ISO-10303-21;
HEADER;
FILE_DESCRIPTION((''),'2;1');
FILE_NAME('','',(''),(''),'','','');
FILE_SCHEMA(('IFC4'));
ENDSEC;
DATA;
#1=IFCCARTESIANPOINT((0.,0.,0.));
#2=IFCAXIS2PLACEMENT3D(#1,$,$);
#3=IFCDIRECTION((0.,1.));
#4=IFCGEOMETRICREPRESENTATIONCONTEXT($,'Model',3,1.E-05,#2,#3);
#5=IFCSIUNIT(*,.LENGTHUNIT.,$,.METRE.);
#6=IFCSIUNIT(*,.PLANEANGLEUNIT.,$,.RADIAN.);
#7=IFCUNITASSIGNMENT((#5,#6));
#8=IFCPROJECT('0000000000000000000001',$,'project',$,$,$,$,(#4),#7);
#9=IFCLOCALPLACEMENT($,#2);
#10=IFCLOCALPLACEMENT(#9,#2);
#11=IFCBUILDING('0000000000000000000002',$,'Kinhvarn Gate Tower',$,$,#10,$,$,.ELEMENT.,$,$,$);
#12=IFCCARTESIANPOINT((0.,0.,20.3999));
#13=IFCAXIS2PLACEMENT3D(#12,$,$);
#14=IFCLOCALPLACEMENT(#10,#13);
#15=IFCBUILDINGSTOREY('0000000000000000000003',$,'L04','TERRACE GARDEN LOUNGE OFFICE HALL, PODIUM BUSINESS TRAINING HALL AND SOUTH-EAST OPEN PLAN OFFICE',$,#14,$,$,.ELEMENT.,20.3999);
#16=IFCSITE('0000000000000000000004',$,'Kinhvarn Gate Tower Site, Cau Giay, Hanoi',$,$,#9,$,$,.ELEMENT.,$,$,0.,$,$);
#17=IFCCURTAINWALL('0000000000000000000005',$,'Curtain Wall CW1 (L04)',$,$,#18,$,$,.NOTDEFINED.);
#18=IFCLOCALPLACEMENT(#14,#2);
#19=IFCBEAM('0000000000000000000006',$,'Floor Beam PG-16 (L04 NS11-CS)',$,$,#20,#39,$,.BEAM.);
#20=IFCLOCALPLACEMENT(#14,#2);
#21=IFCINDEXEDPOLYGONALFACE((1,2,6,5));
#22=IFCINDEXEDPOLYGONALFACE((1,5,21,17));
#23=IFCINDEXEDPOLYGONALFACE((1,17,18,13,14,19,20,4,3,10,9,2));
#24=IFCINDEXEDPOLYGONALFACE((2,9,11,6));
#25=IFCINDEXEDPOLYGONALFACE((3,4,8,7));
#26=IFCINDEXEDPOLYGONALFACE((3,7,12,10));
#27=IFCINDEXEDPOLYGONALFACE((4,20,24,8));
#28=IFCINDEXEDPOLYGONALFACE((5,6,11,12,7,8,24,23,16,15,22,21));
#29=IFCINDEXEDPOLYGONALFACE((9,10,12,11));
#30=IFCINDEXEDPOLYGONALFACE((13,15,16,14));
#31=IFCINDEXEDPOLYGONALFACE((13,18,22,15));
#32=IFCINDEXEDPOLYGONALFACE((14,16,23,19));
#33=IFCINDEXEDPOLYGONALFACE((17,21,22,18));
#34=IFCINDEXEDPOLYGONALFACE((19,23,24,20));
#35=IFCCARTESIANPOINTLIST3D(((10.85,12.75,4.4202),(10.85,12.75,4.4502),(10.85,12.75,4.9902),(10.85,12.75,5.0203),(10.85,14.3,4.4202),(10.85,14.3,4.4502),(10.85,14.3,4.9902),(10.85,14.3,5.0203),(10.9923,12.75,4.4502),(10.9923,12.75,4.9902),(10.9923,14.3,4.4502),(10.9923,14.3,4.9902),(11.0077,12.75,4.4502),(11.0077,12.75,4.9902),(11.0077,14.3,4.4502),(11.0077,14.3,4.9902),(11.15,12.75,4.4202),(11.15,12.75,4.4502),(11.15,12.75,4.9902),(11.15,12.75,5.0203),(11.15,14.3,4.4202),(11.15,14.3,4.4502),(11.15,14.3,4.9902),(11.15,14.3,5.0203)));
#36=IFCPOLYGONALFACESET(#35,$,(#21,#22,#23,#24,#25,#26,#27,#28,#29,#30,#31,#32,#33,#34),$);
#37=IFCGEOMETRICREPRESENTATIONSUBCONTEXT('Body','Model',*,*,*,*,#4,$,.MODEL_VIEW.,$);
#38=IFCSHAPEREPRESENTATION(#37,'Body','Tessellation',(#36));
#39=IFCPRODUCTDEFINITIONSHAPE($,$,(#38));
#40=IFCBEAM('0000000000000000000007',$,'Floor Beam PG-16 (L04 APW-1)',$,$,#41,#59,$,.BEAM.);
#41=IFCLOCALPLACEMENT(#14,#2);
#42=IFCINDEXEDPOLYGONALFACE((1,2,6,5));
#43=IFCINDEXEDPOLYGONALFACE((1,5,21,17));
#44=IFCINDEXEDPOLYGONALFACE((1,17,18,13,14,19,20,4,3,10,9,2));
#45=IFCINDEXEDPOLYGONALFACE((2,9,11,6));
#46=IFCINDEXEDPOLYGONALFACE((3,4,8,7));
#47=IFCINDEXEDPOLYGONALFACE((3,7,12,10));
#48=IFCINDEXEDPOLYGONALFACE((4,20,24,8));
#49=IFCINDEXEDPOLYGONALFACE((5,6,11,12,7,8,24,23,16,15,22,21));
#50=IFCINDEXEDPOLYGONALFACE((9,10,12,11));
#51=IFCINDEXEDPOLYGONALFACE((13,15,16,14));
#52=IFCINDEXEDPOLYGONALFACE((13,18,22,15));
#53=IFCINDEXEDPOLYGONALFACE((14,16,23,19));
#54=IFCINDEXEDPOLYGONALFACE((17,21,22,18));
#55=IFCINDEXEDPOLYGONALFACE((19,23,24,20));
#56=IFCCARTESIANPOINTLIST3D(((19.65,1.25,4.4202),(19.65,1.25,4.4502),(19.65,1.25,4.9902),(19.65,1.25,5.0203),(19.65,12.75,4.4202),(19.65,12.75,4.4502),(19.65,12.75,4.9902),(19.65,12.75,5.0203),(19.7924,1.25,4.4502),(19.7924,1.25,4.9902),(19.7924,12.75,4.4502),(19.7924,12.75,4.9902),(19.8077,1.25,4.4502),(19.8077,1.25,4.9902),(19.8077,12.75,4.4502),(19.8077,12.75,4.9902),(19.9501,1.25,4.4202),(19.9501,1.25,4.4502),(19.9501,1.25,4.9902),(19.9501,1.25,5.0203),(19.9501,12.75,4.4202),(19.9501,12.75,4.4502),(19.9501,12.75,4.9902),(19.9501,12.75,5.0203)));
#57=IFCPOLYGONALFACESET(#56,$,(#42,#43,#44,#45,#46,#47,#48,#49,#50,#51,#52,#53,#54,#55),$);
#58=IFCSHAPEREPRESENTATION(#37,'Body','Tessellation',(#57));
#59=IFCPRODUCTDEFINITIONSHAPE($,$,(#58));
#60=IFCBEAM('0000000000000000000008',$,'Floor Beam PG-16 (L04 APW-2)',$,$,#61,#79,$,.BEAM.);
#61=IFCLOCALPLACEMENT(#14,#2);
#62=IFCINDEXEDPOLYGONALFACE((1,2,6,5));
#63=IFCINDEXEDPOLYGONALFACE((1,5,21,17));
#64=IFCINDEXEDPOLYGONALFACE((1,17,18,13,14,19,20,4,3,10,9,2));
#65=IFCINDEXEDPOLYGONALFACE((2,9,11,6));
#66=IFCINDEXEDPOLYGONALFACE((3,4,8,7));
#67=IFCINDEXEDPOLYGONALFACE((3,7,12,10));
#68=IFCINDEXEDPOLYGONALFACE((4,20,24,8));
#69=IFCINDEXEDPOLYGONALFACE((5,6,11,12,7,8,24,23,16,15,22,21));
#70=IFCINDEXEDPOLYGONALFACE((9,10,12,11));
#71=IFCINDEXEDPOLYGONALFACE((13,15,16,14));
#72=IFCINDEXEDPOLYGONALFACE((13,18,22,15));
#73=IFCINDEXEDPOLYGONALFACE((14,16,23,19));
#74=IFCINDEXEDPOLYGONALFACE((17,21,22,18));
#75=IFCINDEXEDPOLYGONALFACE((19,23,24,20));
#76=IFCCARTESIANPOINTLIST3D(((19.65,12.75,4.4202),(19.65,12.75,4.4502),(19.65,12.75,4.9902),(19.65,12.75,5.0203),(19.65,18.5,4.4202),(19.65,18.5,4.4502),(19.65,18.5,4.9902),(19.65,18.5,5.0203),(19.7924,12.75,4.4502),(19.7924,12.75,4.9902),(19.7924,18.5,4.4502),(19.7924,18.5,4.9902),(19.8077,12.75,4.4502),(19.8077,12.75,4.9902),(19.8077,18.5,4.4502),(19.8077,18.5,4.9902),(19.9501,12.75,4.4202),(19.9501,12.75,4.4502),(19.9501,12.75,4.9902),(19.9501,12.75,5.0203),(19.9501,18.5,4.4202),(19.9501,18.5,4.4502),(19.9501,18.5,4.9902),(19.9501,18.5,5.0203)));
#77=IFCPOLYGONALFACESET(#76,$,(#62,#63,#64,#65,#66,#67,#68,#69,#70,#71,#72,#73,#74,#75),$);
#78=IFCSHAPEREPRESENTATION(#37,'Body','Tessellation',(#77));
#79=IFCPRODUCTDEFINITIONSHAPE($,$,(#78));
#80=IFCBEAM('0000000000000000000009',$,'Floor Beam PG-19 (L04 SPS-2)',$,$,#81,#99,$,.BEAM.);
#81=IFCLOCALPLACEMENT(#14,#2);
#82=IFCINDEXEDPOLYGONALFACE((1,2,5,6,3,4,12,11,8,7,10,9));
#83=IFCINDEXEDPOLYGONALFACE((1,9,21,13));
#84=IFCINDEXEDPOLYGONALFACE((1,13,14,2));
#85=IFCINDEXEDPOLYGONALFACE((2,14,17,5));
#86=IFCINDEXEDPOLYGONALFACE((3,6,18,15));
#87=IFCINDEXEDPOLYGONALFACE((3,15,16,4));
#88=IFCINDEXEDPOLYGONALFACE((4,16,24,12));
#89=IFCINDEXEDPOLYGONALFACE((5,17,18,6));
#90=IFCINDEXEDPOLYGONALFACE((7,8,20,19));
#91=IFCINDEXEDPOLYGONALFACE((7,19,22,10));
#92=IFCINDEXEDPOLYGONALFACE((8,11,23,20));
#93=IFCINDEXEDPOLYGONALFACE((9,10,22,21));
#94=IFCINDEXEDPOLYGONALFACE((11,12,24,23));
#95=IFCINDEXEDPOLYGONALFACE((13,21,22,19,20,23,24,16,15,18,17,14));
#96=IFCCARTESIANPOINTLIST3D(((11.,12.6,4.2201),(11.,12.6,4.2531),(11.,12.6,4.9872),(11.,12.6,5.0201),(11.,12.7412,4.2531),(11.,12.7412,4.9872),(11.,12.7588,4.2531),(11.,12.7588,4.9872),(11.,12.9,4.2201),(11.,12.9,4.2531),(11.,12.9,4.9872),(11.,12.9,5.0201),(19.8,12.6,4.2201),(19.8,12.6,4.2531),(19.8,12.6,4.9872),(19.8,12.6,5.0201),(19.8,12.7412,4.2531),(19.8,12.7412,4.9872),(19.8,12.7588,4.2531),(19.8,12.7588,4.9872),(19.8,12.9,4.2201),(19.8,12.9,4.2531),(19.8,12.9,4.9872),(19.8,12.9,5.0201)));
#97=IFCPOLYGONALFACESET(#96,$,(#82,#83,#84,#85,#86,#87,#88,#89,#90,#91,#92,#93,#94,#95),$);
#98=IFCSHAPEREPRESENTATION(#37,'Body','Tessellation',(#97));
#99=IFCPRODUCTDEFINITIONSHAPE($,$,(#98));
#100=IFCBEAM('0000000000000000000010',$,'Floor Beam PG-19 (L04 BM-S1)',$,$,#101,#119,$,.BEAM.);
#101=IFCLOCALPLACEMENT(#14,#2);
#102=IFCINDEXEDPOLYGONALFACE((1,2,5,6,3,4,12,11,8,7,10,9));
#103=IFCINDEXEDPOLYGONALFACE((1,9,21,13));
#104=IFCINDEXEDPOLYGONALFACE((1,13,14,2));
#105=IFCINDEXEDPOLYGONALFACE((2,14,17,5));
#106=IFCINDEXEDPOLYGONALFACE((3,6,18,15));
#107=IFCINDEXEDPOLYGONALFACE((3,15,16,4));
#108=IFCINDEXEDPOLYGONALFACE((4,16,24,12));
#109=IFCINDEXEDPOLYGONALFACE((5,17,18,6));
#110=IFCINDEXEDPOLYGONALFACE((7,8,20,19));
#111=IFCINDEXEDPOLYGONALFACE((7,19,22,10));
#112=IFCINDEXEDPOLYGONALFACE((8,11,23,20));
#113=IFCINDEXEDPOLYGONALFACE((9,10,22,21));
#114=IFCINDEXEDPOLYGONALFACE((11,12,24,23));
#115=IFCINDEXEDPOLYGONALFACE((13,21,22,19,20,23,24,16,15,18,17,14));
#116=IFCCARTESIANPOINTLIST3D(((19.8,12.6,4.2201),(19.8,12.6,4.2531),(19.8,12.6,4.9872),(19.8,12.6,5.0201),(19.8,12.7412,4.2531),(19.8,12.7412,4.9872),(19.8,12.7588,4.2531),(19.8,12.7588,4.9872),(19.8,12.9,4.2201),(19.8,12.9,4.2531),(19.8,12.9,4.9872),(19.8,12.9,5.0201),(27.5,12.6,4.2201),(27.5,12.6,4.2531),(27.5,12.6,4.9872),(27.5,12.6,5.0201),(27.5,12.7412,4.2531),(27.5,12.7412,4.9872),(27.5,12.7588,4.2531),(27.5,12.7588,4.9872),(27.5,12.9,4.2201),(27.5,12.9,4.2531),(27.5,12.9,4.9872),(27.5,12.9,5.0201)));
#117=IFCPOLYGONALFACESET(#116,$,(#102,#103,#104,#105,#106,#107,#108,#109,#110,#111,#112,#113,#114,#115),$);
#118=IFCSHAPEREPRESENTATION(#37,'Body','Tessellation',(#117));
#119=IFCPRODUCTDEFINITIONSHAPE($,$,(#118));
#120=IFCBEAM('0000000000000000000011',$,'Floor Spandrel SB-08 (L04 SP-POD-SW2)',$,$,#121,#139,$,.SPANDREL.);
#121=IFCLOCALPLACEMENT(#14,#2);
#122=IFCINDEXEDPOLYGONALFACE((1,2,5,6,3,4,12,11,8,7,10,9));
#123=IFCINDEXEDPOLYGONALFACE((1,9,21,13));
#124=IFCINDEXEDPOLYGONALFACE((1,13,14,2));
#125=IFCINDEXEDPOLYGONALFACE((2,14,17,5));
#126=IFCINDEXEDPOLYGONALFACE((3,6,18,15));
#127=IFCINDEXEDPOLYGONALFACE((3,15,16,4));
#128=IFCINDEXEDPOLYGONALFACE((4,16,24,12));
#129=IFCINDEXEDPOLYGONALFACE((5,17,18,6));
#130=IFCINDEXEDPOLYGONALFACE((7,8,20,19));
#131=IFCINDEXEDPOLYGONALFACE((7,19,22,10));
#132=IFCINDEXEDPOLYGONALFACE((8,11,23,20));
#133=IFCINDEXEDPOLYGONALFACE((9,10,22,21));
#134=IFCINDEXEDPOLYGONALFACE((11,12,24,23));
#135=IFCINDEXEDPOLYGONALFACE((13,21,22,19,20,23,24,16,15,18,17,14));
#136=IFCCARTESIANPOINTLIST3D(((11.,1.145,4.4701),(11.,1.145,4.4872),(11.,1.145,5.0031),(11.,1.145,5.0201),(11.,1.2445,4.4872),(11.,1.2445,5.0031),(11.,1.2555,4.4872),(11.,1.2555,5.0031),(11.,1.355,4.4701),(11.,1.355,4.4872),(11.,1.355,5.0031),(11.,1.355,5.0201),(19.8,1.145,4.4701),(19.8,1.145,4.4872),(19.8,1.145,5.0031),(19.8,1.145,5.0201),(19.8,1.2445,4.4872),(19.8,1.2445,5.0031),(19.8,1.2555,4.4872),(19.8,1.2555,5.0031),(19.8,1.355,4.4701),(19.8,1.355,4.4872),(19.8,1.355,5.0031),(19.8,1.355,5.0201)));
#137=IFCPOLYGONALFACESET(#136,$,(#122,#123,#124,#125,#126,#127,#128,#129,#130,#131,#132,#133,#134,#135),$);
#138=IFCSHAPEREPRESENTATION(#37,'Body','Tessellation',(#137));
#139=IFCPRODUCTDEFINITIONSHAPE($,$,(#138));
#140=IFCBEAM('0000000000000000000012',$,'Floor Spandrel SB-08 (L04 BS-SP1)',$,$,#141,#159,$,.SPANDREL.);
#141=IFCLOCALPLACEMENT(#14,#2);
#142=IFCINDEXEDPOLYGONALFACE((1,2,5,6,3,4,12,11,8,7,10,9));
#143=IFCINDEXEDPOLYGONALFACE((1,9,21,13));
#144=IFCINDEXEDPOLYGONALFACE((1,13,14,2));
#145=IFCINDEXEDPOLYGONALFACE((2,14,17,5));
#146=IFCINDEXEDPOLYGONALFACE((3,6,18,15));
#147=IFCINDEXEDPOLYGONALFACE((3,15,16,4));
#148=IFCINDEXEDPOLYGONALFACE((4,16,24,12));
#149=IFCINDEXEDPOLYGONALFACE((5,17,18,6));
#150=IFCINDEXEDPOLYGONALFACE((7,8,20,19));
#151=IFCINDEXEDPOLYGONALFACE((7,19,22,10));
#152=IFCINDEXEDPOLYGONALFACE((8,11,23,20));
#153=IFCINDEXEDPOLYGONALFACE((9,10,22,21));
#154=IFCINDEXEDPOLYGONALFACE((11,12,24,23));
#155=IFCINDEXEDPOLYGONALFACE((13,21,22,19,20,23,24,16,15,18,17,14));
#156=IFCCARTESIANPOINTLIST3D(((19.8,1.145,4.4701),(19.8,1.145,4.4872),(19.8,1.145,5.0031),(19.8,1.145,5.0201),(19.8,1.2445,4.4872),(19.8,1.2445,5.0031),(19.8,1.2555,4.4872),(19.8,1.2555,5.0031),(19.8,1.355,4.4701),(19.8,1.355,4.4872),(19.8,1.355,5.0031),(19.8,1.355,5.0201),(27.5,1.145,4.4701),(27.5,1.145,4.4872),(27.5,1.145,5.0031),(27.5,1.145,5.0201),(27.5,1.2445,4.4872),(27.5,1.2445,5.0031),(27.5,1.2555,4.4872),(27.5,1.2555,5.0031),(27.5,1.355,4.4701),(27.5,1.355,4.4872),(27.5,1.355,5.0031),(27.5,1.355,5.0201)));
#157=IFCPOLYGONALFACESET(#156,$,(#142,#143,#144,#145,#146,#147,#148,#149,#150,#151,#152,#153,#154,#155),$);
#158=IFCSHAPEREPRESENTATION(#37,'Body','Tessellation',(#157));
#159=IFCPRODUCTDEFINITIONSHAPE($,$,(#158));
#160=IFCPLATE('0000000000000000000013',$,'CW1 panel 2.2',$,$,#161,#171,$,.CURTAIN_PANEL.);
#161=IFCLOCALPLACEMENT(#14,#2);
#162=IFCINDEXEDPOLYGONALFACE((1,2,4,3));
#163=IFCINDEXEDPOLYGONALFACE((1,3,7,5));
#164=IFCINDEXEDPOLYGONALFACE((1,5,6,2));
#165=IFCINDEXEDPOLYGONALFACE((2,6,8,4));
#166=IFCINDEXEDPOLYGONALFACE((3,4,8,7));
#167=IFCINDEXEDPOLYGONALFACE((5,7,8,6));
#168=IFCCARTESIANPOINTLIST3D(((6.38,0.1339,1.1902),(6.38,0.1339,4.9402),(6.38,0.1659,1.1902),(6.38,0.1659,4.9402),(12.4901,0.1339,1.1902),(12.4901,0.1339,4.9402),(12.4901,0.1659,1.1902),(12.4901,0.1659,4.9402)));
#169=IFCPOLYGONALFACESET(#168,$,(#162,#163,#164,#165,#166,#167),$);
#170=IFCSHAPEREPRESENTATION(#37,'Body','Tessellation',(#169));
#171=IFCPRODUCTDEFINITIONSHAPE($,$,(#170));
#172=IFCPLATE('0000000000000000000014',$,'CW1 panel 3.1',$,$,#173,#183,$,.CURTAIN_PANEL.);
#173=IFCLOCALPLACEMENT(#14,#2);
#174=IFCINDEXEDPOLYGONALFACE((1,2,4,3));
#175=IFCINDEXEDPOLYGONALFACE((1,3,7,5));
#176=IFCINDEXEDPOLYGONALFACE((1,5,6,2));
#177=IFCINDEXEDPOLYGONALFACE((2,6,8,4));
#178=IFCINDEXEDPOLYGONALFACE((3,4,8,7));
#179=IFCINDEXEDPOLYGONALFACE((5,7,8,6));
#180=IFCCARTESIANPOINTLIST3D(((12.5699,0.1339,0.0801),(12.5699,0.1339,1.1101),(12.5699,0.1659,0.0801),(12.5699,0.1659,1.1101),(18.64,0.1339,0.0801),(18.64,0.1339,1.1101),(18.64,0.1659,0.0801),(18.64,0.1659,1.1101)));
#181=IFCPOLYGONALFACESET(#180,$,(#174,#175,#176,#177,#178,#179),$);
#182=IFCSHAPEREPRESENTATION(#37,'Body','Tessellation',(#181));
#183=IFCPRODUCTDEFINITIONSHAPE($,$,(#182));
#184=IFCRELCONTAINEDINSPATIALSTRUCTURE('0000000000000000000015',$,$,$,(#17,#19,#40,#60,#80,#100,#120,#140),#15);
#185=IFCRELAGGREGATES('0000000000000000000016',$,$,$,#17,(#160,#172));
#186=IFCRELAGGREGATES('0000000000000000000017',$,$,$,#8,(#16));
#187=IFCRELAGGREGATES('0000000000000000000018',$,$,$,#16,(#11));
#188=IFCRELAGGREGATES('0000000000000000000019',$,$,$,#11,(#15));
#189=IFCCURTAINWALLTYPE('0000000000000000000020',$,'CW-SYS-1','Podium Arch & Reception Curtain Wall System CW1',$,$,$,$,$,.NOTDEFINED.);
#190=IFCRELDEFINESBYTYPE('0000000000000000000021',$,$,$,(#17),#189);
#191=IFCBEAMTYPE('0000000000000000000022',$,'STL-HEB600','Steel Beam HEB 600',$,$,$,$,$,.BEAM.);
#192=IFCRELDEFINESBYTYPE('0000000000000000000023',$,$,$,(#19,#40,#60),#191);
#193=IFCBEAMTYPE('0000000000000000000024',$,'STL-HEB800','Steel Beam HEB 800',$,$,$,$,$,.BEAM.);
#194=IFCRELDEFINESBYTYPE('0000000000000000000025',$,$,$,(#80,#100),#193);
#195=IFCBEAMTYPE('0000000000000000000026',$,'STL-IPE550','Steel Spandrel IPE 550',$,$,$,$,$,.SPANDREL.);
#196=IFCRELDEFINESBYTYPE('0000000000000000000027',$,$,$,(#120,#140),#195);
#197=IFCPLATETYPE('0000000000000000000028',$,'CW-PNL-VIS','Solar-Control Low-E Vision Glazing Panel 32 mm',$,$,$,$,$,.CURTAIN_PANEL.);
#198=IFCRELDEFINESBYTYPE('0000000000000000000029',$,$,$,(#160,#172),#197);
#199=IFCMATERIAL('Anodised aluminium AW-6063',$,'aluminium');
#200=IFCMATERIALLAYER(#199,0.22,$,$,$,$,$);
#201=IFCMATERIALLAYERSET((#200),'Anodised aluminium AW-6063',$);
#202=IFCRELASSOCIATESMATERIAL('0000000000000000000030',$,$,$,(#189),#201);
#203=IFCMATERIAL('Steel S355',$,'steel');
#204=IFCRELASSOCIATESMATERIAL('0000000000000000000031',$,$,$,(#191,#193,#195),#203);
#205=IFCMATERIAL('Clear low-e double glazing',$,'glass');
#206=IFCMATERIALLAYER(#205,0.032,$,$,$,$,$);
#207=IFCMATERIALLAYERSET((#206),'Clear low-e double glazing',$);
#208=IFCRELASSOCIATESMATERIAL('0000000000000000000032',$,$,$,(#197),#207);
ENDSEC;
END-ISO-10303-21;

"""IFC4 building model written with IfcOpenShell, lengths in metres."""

from ifc_helpers import new_model, si_unit, direction, frame, origin, origin_2d, place, context, subcontext, project, spatial, rectangle, i_section, extrude, material, layer, layer_set, material_profile, profile_set, type_object, element, aggregate, save


model = new_model("IFC4")

# Units and contexts
model_context = context("Model", 3, precision=1e-05, world=origin(), true_north=direction((0.0, 1.0)))
body_context = subcontext(model_context, "Body", "Model", "MODEL_VIEW")
ifc_project = project(units=[si_unit("LENGTHUNIT", "METRE"), si_unit("PLANEANGLEUNIT", "RADIAN")], contexts=[model_context])

# Site, building, storey
site_placement = place(None, origin())
site = spatial("IfcSite", under=ifc_project, at=site_placement, Name="Kinhvarn Gate Tower Site, Cau Giay, Hanoi", CompositionType="ELEMENT", RefElevation=0.0)
building_placement = place(site_placement, origin())
building = spatial("IfcBuilding", under=site, at=building_placement, Name="Kinhvarn Gate Tower", CompositionType="ELEMENT")
storey_placement = place(building_placement, frame((0.0, 0.0, 20.3999)))
storey = spatial("IfcBuildingStorey", under=building, at=storey_placement, Name="L04", Description="TERRACE GARDEN LOUNGE OFFICE HALL, PODIUM BUSINESS TRAINING HALL AND SOUTH-EAST OPEN PLAN OFFICE", CompositionType="ELEMENT", Elevation=20.3999)

# Curtain wall
ifc_material_1 = material(Name="Anodised aluminium AW-6063", Category="aluminium")
ifc_layer_1 = layer(ifc_material_1, 0.22)
ifc_layer_set_1 = layer_set([ifc_layer_1], Name="Anodised aluminium AW-6063")
curtain_wall_type = type_object("IfcCurtainWallType", Name="CW-SYS-1", Description="Podium Arch & Reception Curtain Wall System CW1", PredefinedType="NOTDEFINED", material=ifc_layer_set_1)
curtain_wall_1_placement = place(storey_placement, origin())
curtain_wall_1 = element("IfcCurtainWall", 1, at=curtain_wall_1_placement, inside=storey, type_object=curtain_wall_type, Name="Curtain Wall CW1 (L04)", PredefinedType="NOTDEFINED")

# Beams
ifc_material_2 = material(Name="Steel S355", Category="steel")
ifc_material_profile_1 = material_profile(ifc_material_2, i_section(OverallWidth=0.3, OverallDepth=0.6001, WebThickness=0.0154, FlangeThickness=0.03, at=origin_2d()), Name="HEB 600")
ifc_profile_set_1 = profile_set([ifc_material_profile_1], Name="Steel S355")
beam_type_1 = type_object("IfcBeamType", Name="STL-HEB600", Description="Steel Beam HEB 600", PredefinedType="BEAM", material=ifc_profile_set_1)
beam_1_placement = place(storey_placement, frame((11.0, 12.75, 4.7202), z_axis=(0.0, 1.0, 0.0), x_axis=(-1.0, 0.0, 0.0)))
element("IfcBeam", 2, at=beam_1_placement, inside=storey, type_object=beam_type_1, Name="Floor Beam PG-16 (L04 NS11-CS)", PredefinedType="BEAM", context=body_context, shape_type="SweptSolid", body=[
    extrude(i_section(OverallWidth=0.3, OverallDepth=0.6001, WebThickness=0.0154, FlangeThickness=0.03, at=origin_2d()), origin(), (0.0, 0.0, 1.0), 1.55),
])
beam_2_placement = place(storey_placement, frame((19.8, 1.25, 4.7202), z_axis=(0.0, 1.0, 0.0), x_axis=(-1.0, 0.0, 0.0)))
element("IfcBeam", 3, at=beam_2_placement, inside=storey, type_object=beam_type_1, Name="Floor Beam PG-16 (L04 APW-1)", PredefinedType="BEAM", context=body_context, shape_type="SweptSolid", body=[
    extrude(i_section(OverallWidth=0.3, OverallDepth=0.6001, WebThickness=0.0154, FlangeThickness=0.03, at=origin_2d()), origin(), (0.0, 0.0, 1.0), 11.5),
])
beam_3_placement = place(storey_placement, frame((19.8, 12.75, 4.7202), z_axis=(0.0, 1.0, 0.0), x_axis=(-1.0, 0.0, 0.0)))
element("IfcBeam", 4, at=beam_3_placement, inside=storey, type_object=beam_type_1, Name="Floor Beam PG-16 (L04 APW-2)", PredefinedType="BEAM", context=body_context, shape_type="SweptSolid", body=[
    extrude(i_section(OverallWidth=0.3, OverallDepth=0.6001, WebThickness=0.0154, FlangeThickness=0.03, at=origin_2d()), origin(), (0.0, 0.0, 1.0), 5.75),
])
ifc_material_profile_2 = material_profile(ifc_material_2, i_section(OverallWidth=0.3, OverallDepth=0.8, WebThickness=0.0176, FlangeThickness=0.033, at=origin_2d()), Name="HEB 800")
ifc_profile_set_2 = profile_set([ifc_material_profile_2], Name="Steel S355")
beam_type_2 = type_object("IfcBeamType", Name="STL-HEB800", Description="Steel Beam HEB 800", PredefinedType="BEAM", material=ifc_profile_set_2)
beam_4_placement = place(storey_placement, frame((11.0, 12.75, 4.6201), z_axis=(1.0, 0.0, 0.0), x_axis=(0.0, 1.0, 0.0)))
element("IfcBeam", 5, at=beam_4_placement, inside=storey, type_object=beam_type_2, Name="Floor Beam PG-19 (L04 SPS-2)", PredefinedType="BEAM", context=body_context, shape_type="SweptSolid", body=[
    extrude(i_section(OverallWidth=0.3, OverallDepth=0.8, WebThickness=0.0176, FlangeThickness=0.033, at=origin_2d()), origin(), (0.0, 0.0, 1.0), 8.8),
])
beam_5_placement = place(storey_placement, frame((19.8, 12.75, 4.6201), z_axis=(1.0, 0.0, 0.0), x_axis=(0.0, 1.0, 0.0)))
element("IfcBeam", 6, at=beam_5_placement, inside=storey, type_object=beam_type_2, Name="Floor Beam PG-19 (L04 BM-S1)", PredefinedType="BEAM", context=body_context, shape_type="SweptSolid", body=[
    extrude(i_section(OverallWidth=0.3, OverallDepth=0.8, WebThickness=0.0176, FlangeThickness=0.033, at=origin_2d()), origin(), (0.0, 0.0, 1.0), 7.7),
])
ifc_material_profile_3 = material_profile(ifc_material_2, i_section(OverallWidth=0.21, OverallDepth=0.55, WebThickness=0.011, FlangeThickness=0.0171, at=origin_2d()), Name="IPE 550")
ifc_profile_set_3 = profile_set([ifc_material_profile_3], Name="Steel S355")
beam_type_3 = type_object("IfcBeamType", Name="STL-IPE550", Description="Steel Spandrel IPE 550", PredefinedType="SPANDREL", material=ifc_profile_set_3)
beam_6_placement = place(storey_placement, frame((11.0, 1.25, 4.7451), z_axis=(1.0, 0.0, 0.0), x_axis=(0.0, 1.0, 0.0)))
element("IfcBeam", 7, at=beam_6_placement, inside=storey, type_object=beam_type_3, Name="Floor Spandrel SB-08 (L04 SP-POD-SW2)", PredefinedType="SPANDREL", context=body_context, shape_type="SweptSolid", body=[
    extrude(i_section(OverallWidth=0.21, OverallDepth=0.55, WebThickness=0.011, FlangeThickness=0.0171, at=origin_2d()), origin(), (0.0, 0.0, 1.0), 8.8),
])
beam_7_placement = place(storey_placement, frame((19.8, 1.25, 4.7451), z_axis=(1.0, 0.0, 0.0), x_axis=(0.0, 1.0, 0.0)))
element("IfcBeam", 8, at=beam_7_placement, inside=storey, type_object=beam_type_3, Name="Floor Spandrel SB-08 (L04 BS-SP1)", PredefinedType="SPANDREL", context=body_context, shape_type="SweptSolid", body=[
    extrude(i_section(OverallWidth=0.21, OverallDepth=0.55, WebThickness=0.011, FlangeThickness=0.0171, at=origin_2d()), origin(), (0.0, 0.0, 1.0), 7.7),
])

# Plates
ifc_material_3 = material(Name="Clear low-e double glazing", Category="glass")
ifc_layer_2 = layer(ifc_material_3, 0.032)
ifc_layer_set_2 = layer_set([ifc_layer_2], Name="Clear low-e double glazing")
plate_type = type_object("IfcPlateType", Name="CW-PNL-VIS", Description="Solar-Control Low-E Vision Glazing Panel 32 mm", PredefinedType="CURTAIN_PANEL", material=ifc_layer_set_2)
plate_1_placement = place(storey_placement, frame((9.4351, 0.1499, 1.1902), z_axis=(0.0, 0.0, 1.0), x_axis=(1.0, 0.0, 0.0)))
plate_1 = element("IfcPlate", 9, at=plate_1_placement, type_object=plate_type, Name="CW1 panel 2.2", PredefinedType="CURTAIN_PANEL", context=body_context, shape_type="SweptSolid", body=[
    extrude(rectangle(XDim=6.1101, YDim=0.032, at=origin_2d()), origin(), (0.0, 0.0, 1.0), 3.75),
])
plate_2_placement = place(storey_placement, frame((15.605, 0.1499, 0.0801), z_axis=(0.0, 0.0, 1.0), x_axis=(1.0, 0.0, 0.0)))
plate_2 = element("IfcPlate", 10, at=plate_2_placement, type_object=plate_type, Name="CW1 panel 3.1", PredefinedType="CURTAIN_PANEL", context=body_context, shape_type="SweptSolid", body=[
    extrude(rectangle(XDim=6.0701, YDim=0.032, at=origin_2d()), origin(), (0.0, 0.0, 1.0), 1.03),
])
aggregate(curtain_wall_1, [plate_1, plate_2])

save(model, "model.ifc")
